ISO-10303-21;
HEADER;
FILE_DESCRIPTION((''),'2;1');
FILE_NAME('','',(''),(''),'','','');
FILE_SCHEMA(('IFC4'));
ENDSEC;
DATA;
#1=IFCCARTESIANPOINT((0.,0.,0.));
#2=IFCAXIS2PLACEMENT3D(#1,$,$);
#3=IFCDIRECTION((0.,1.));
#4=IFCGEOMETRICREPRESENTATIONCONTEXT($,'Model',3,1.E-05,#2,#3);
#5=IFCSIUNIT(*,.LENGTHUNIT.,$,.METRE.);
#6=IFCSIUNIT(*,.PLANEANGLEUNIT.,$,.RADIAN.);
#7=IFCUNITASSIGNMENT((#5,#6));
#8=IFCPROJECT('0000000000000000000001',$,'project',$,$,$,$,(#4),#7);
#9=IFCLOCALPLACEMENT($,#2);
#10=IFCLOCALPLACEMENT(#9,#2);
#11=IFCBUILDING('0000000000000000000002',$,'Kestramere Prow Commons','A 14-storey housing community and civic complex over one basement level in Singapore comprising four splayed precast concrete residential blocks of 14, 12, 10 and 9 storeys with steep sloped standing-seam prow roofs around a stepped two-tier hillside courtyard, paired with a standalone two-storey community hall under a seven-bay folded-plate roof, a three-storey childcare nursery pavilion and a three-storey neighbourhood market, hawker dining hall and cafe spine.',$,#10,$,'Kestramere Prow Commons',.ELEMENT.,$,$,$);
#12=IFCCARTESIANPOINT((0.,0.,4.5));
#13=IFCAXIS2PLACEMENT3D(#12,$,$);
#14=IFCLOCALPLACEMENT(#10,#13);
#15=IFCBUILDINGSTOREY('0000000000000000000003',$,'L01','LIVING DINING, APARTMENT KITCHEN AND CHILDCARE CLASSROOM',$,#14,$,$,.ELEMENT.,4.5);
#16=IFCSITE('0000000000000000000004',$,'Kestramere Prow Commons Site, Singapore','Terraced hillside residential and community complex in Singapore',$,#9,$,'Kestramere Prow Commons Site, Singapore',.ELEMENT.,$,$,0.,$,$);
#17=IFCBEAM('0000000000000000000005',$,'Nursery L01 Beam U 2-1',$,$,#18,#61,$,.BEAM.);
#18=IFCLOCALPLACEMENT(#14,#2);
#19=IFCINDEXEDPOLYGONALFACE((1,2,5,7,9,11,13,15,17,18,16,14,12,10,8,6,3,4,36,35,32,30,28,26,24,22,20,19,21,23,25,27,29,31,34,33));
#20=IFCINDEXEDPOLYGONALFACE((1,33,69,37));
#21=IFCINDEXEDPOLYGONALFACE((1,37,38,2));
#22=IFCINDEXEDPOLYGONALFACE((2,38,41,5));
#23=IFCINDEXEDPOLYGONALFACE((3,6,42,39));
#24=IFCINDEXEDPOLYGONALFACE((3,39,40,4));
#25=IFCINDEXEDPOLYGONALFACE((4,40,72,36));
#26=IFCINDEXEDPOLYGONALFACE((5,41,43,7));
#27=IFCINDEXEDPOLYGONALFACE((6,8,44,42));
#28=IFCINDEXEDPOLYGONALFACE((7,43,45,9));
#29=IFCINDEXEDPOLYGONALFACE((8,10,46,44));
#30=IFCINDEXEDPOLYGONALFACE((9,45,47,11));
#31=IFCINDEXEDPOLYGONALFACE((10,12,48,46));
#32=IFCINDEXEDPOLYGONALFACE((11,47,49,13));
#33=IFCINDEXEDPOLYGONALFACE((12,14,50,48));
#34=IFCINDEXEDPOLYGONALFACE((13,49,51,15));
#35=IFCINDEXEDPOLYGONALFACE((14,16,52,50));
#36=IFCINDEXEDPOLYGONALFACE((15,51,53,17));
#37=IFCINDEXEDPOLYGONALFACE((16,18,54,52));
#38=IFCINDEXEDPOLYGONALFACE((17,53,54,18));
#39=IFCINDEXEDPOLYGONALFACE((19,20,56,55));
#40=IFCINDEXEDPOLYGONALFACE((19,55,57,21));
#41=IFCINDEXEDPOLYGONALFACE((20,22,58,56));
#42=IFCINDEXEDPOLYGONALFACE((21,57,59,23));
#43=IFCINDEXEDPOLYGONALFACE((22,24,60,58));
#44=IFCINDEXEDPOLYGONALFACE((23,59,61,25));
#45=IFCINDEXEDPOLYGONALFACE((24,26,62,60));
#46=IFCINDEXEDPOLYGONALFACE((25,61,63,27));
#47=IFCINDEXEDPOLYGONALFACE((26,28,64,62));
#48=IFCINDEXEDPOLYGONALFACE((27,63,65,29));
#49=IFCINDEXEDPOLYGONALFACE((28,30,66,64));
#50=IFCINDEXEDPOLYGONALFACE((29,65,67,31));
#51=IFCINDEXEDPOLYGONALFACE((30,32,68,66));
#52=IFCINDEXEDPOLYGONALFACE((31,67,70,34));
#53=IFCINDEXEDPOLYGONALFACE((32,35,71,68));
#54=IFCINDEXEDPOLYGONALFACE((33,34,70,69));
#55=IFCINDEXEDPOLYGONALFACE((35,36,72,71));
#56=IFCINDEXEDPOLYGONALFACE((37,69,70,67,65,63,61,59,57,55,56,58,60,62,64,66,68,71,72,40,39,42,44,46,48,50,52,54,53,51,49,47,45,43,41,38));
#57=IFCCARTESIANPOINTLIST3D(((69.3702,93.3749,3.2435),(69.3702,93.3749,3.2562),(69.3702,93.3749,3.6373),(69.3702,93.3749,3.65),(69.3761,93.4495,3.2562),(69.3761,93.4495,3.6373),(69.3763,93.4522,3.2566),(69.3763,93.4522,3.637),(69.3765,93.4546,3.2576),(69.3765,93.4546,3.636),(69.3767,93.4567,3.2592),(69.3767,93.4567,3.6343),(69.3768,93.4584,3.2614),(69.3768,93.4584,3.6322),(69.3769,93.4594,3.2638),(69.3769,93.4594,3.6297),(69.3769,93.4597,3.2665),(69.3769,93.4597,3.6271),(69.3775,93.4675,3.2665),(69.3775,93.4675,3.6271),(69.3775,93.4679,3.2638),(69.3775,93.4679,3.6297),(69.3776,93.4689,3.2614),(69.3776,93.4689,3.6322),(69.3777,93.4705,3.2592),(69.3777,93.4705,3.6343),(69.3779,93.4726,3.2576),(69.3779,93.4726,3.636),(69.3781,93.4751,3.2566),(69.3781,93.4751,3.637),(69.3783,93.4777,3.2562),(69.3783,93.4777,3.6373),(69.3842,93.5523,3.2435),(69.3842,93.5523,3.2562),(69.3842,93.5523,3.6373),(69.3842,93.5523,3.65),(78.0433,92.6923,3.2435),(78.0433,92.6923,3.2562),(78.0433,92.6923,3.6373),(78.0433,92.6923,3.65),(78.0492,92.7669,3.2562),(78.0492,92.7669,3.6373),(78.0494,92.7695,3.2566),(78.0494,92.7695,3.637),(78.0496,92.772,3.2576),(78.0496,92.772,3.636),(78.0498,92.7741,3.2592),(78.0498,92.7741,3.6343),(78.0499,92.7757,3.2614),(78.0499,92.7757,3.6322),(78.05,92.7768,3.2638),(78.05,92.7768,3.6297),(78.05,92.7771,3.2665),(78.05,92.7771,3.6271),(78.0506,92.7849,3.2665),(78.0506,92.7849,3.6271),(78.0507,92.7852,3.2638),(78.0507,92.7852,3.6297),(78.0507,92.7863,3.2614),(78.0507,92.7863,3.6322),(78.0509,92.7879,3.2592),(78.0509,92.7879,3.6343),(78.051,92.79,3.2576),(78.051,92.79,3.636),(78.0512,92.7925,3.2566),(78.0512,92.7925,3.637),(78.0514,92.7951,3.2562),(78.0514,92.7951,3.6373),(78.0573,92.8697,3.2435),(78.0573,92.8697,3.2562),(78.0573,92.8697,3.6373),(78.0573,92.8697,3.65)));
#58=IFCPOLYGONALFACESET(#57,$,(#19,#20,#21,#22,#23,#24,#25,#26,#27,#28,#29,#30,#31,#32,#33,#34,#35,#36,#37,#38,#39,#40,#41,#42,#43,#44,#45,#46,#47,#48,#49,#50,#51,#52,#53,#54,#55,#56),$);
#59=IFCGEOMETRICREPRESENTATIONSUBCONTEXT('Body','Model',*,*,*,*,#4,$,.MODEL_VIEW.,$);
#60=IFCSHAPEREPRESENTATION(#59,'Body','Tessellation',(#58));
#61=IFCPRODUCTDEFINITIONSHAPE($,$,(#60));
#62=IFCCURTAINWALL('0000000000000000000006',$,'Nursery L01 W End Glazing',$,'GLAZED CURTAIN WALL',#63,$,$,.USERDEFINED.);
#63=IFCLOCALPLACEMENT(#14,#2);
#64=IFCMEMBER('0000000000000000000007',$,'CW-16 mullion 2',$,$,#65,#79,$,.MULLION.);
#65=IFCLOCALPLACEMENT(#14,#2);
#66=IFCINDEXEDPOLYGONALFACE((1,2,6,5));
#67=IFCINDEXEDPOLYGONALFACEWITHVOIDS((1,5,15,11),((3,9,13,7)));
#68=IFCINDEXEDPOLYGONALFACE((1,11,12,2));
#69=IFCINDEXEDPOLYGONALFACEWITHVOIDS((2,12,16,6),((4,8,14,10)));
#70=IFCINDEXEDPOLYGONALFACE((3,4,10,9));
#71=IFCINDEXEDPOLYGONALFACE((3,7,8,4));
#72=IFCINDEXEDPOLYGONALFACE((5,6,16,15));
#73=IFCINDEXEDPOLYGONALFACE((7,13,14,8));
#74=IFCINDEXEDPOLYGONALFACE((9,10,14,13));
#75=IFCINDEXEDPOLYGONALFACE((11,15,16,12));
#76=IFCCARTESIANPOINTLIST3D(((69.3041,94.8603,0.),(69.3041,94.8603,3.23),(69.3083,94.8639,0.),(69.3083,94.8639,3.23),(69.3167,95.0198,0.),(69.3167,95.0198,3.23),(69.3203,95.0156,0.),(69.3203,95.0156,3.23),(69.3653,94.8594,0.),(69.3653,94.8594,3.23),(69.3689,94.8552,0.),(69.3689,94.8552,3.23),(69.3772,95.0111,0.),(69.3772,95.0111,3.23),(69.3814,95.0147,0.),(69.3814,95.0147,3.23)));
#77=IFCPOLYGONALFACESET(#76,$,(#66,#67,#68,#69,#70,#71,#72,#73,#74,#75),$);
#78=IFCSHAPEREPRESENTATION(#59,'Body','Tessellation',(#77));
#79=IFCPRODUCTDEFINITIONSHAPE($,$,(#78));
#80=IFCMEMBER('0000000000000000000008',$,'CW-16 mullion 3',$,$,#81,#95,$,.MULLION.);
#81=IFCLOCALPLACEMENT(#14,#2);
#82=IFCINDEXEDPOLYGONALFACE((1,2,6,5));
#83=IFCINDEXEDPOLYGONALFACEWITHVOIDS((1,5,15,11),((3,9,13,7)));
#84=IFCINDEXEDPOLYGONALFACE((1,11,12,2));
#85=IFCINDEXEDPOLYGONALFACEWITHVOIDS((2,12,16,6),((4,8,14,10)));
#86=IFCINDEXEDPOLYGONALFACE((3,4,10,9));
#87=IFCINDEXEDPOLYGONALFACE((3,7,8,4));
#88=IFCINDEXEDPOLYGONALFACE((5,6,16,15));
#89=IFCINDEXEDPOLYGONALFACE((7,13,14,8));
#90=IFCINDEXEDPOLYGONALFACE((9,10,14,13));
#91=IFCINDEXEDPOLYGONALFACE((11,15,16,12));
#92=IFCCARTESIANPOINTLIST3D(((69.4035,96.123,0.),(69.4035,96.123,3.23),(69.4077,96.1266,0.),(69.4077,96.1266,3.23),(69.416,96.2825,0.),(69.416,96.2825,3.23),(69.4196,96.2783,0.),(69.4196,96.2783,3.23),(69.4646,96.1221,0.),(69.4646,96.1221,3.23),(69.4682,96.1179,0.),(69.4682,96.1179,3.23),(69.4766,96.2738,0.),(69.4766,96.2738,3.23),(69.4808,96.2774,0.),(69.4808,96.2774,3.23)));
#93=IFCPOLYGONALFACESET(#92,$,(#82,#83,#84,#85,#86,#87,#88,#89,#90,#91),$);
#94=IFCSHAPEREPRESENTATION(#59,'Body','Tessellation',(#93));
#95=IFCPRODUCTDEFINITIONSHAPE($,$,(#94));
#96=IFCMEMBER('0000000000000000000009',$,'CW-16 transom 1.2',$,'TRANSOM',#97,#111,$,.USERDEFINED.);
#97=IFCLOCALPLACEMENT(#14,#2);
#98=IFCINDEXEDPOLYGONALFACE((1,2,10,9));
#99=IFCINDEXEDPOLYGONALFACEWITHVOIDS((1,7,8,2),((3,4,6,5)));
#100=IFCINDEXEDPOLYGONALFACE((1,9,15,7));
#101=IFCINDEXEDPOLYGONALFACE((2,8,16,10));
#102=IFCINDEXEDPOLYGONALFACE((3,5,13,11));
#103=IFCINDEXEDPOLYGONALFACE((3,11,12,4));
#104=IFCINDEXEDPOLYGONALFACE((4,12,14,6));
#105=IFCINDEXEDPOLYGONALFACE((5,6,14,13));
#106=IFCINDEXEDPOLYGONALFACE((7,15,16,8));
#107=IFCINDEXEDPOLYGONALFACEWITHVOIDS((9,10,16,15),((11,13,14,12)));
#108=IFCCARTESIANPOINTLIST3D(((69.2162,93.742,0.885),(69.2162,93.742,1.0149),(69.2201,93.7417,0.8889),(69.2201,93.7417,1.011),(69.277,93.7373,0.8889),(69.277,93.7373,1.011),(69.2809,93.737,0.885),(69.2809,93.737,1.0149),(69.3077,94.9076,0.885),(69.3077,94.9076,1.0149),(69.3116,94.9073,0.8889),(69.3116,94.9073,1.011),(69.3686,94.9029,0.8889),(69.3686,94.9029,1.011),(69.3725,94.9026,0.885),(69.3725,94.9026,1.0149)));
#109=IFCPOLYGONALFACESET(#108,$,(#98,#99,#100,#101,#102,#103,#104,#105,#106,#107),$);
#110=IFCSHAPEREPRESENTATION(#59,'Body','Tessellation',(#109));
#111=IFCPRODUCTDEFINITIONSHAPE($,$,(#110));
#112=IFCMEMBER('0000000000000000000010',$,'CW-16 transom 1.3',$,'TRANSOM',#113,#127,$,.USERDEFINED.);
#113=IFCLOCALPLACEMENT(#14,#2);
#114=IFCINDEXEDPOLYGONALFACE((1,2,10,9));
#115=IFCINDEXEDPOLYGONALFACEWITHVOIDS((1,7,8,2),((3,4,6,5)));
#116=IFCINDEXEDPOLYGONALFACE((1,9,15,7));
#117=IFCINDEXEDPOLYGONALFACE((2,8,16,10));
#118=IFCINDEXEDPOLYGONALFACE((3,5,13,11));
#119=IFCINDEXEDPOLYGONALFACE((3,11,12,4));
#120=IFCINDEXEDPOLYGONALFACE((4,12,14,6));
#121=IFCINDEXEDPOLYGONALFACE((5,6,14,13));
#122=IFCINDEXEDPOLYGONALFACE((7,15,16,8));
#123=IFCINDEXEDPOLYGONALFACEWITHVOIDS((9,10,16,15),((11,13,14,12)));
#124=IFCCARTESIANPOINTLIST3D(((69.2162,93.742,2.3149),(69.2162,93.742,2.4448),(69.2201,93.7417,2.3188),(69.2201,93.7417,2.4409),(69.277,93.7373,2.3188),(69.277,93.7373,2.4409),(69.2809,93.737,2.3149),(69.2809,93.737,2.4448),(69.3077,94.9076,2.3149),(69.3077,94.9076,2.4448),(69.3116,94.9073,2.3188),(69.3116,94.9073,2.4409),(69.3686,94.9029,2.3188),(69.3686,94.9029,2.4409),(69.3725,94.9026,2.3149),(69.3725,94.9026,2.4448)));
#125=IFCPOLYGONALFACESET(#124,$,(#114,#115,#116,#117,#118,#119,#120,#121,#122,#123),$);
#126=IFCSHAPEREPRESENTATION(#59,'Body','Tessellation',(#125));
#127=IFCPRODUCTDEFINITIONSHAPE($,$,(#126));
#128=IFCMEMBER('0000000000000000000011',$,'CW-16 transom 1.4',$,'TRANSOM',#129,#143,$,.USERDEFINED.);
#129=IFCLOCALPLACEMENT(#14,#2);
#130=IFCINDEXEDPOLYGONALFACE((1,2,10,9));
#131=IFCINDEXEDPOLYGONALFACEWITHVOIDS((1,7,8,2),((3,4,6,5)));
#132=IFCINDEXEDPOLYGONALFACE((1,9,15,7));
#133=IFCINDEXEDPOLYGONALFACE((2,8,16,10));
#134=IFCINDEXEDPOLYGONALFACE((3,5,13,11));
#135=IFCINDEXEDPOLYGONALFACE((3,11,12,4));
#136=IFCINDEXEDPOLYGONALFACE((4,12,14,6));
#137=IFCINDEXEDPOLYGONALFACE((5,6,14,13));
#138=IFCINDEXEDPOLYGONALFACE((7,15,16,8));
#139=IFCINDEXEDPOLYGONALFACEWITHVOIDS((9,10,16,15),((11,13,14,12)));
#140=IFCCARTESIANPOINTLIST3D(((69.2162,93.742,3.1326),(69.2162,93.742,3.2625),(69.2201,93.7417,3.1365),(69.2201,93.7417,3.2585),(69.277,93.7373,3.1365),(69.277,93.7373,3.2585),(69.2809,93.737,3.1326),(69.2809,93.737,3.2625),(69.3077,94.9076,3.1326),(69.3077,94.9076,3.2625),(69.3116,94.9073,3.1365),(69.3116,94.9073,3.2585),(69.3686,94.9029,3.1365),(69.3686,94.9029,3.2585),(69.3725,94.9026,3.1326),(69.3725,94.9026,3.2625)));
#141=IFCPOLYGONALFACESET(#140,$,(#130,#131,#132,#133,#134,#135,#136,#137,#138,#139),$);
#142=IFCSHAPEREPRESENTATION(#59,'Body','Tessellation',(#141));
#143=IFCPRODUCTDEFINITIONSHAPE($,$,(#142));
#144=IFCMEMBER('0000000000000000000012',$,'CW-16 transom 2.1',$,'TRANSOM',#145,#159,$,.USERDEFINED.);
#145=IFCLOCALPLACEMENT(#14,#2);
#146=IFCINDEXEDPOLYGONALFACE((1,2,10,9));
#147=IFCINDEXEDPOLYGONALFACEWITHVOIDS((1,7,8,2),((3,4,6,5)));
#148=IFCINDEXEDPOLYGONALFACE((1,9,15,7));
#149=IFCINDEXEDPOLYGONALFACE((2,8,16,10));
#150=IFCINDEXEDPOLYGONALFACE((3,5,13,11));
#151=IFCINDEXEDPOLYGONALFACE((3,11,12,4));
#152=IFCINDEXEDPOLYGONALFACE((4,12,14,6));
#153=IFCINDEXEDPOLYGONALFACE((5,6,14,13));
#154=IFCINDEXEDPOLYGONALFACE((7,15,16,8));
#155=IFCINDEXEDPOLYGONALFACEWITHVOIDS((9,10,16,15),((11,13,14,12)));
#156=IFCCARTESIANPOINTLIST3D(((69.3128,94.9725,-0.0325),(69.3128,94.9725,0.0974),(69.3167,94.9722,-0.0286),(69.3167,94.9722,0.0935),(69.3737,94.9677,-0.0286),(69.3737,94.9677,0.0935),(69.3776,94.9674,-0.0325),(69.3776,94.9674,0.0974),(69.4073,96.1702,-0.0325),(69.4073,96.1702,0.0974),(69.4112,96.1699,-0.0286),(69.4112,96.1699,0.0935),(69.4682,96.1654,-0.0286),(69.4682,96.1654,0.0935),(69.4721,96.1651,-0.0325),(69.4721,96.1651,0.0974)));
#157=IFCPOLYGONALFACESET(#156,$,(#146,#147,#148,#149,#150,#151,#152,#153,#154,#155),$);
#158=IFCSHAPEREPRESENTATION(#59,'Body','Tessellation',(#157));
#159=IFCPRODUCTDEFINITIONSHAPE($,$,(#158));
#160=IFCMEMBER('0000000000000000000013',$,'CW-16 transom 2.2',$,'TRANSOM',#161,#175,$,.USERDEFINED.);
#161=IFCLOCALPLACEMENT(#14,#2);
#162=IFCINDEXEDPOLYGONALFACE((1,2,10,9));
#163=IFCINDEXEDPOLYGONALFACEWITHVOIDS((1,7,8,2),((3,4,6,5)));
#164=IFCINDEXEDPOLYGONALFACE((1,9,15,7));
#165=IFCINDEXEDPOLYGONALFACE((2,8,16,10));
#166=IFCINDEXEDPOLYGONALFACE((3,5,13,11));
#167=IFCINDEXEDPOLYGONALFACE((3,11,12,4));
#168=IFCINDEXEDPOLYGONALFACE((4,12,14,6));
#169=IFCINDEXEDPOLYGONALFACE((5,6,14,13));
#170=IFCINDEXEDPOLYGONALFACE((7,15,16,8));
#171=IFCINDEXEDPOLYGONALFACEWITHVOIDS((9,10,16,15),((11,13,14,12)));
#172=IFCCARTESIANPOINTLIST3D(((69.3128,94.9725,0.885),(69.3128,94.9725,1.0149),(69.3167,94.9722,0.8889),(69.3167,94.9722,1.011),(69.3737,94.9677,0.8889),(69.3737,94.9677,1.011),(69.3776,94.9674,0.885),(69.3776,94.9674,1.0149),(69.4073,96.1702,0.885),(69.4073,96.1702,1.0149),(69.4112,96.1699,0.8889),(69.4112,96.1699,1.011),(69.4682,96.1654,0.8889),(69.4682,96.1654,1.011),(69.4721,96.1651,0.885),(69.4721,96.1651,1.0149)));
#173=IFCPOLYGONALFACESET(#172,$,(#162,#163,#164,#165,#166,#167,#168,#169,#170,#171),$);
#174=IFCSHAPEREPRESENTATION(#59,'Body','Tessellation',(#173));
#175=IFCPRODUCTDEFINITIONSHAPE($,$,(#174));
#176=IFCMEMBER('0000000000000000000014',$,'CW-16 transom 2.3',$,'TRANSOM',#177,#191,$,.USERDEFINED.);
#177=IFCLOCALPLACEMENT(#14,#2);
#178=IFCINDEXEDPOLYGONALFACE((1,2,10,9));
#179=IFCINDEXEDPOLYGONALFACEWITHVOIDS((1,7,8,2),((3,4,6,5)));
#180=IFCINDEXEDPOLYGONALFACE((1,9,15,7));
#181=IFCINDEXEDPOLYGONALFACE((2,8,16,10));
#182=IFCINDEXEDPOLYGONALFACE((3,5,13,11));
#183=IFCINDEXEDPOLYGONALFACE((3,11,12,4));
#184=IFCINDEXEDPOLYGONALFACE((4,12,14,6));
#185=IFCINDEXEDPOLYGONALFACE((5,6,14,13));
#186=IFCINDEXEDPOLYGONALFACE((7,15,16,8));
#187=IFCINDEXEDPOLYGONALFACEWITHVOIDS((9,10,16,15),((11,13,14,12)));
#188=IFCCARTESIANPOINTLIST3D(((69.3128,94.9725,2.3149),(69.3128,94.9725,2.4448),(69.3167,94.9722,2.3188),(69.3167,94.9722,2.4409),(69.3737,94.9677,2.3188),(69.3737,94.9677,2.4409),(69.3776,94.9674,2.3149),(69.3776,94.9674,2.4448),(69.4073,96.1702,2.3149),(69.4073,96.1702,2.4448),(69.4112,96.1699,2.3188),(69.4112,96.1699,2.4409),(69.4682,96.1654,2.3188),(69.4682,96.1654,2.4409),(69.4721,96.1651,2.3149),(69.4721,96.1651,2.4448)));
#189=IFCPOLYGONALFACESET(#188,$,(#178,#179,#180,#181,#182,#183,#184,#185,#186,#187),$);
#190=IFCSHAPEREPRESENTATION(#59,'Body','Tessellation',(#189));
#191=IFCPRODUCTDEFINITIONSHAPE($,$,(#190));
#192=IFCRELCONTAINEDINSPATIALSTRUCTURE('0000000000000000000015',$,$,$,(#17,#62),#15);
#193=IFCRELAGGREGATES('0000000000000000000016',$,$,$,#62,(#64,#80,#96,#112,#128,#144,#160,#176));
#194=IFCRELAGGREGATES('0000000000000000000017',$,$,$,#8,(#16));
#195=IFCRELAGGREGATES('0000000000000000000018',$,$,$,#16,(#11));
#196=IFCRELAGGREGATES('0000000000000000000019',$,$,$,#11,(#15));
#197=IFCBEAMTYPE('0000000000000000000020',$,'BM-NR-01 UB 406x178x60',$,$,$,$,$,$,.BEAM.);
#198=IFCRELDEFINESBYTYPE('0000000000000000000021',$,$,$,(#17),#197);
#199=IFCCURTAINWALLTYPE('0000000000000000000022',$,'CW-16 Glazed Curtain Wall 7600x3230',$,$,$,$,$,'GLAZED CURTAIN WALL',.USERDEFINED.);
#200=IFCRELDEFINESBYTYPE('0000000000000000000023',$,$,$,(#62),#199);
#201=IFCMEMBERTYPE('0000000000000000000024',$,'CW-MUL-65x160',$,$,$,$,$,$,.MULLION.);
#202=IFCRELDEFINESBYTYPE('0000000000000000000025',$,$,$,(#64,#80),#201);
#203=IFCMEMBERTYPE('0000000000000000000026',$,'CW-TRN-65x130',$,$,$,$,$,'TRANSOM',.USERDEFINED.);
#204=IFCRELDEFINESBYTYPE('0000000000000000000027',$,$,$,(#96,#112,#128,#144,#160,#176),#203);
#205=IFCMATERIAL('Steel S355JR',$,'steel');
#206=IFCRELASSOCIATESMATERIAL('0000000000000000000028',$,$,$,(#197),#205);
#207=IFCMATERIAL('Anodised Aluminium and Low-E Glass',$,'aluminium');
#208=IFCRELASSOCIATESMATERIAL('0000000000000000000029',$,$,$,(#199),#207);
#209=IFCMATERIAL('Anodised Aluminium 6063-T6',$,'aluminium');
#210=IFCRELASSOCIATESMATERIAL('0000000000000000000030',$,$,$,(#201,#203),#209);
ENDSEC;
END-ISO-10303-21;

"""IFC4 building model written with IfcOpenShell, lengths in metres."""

from ifc_helpers import new_model, si_unit, direction, frame, origin, origin_2d, place, context, subcontext, project, spatial, hollow_rectangle, i_section, extrude, material, material_profile, profile_set, type_object, element, aggregate, save


model = new_model("IFC4")

# Units and contexts
model_context = context("Model", 3, precision=1e-05, world=origin(), true_north=direction((0.0, 1.0)))
body_context = subcontext(model_context, "Body", "Model", "MODEL_VIEW")
ifc_project = project(units=[si_unit("LENGTHUNIT", "METRE"), si_unit("PLANEANGLEUNIT", "RADIAN")], contexts=[model_context])

# Site, building, storey
site_placement = place(None, origin())
site = spatial("IfcSite", under=ifc_project, at=site_placement, Name="Kestramere Prow Commons Site, Singapore", Description="Terraced hillside residential and community complex in Singapore", LongName="Kestramere Prow Commons Site, Singapore", CompositionType="ELEMENT", RefElevation=0.0)
building_placement = place(site_placement, origin())
building = spatial("IfcBuilding", under=site, at=building_placement, Name="Kestramere Prow Commons", Description="A 14-storey housing community and civic complex over one basement level in Singapore comprising four splayed precast concrete residential blocks of 14, 12, 10 and 9 storeys with steep sloped standing-seam prow roofs around a stepped two-tier hillside courtyard, paired with a standalone two-storey community hall under a seven-bay folded-plate roof, a three-storey childcare nursery pavilion and a three-storey neighbourhood market, hawker dining hall and cafe spine.", LongName="Kestramere Prow Commons", CompositionType="ELEMENT")
storey_placement = place(building_placement, frame((0.0, 0.0, 4.5)))
storey = spatial("IfcBuildingStorey", under=building, at=storey_placement, Name="L01", Description="LIVING DINING, APARTMENT KITCHEN AND CHILDCARE CLASSROOM", CompositionType="ELEMENT", Elevation=4.5)

# Beam
ifc_material_1 = material(Name="Steel S355JR", Category="steel")
ifc_material_profile_1 = material_profile(ifc_material_1, i_section(OverallWidth=0.178, OverallDepth=0.4065, WebThickness=0.0078, FlangeThickness=0.0127, FilletRadius=0.0103, at=origin_2d()), Name="UB 406x178x60")
ifc_profile_set_1 = profile_set([ifc_material_profile_1], Name="Steel S355JR")
beam_type = type_object("IfcBeamType", Name="BM-NR-01 UB 406x178x60", PredefinedType="BEAM", material=ifc_profile_set_1)
beam_placement = place(storey_placement, frame((69.3772, 93.4636, 3.4468), z_axis=(0.996917, -0.078462, 0.0), x_axis=(0.078462, 0.996917, 0.0)))
element("IfcBeam", 1, at=beam_placement, inside=storey, type_object=beam_type, Name="Nursery L01 Beam U 2-1", PredefinedType="BEAM", context=body_context, shape_type="SweptSolid", body=[
    extrude(i_section(OverallWidth=0.178, OverallDepth=0.4065, WebThickness=0.0078, FlangeThickness=0.0127, FilletRadius=0.0103, at=origin_2d()), origin(), (0.0, 0.0, 1.0), 8.7),
])

# Curtain wall, members
ifc_material_2 = material(Name="Anodised Aluminium and Low-E Glass", Category="aluminium")
curtain_wall_type = type_object("IfcCurtainWallType", Name="CW-16 Glazed Curtain Wall 7600x3230", ElementType="GLAZED CURTAIN WALL", PredefinedType="USERDEFINED", material=ifc_material_2)
curtain_wall_placement = place(storey_placement, origin())
curtain_wall = element("IfcCurtainWall", 2, at=curtain_wall_placement, inside=storey, type_object=curtain_wall_type, Name="Nursery L01 W End Glazing", ObjectType="GLAZED CURTAIN WALL", PredefinedType="USERDEFINED")
ifc_material_3 = material(Name="Anodised Aluminium 6063-T6", Category="aluminium")
ifc_material_profile_2 = material_profile(ifc_material_3, hollow_rectangle(XDim=0.0649, YDim=0.1599, WallThickness=0.0039, at=origin_2d()), Name="ALU-MUL 65x160")
ifc_profile_set_2 = profile_set([ifc_material_profile_2], Name="Anodised Aluminium 6063-T6")
member_type_1 = type_object("IfcMemberType", Name="CW-MUL-65x160", PredefinedType="MULLION", material=ifc_profile_set_2)
member_1_placement = place(storey_placement, frame((69.3428, 94.9375, 0.0), z_axis=(0.0, 0.0, 1.0), x_axis=(-0.996917, 0.078459, 0.0)))
member_1 = element("IfcMember", 3, at=member_1_placement, type_object=member_type_1, Name="CW-16 mullion 2", PredefinedType="MULLION", context=body_context, shape_type="SweptSolid", body=[
    extrude(hollow_rectangle(XDim=0.0649, YDim=0.1599, WallThickness=0.0039, at=origin_2d()), origin(), (0.0, 0.0, 1.0), 3.23),
])
member_2_placement = place(storey_placement, frame((69.4421, 96.2002, 0.0), z_axis=(0.0, 0.0, 1.0), x_axis=(-0.996917, 0.078459, 0.0)))
member_2 = element("IfcMember", 4, at=member_2_placement, type_object=member_type_1, Name="CW-16 mullion 3", PredefinedType="MULLION", context=body_context, shape_type="SweptSolid", body=[
    extrude(hollow_rectangle(XDim=0.0649, YDim=0.1599, WallThickness=0.0039, at=origin_2d()), origin(), (0.0, 0.0, 1.0), 3.23),
])
ifc_material_profile_3 = material_profile(ifc_material_3, hollow_rectangle(XDim=0.0649, YDim=0.1299, WallThickness=0.0039, at=origin_2d()), Name="ALU-TRN 65x130")
ifc_profile_set_3 = profile_set([ifc_material_profile_3], Name="Anodised Aluminium 6063-T6")
member_type_2 = type_object("IfcMemberType", Name="CW-TRN-65x130", ElementType="TRANSOM", PredefinedType="USERDEFINED", material=ifc_profile_set_3)
member_3_placement = place(storey_placement, frame((69.2485, 93.7395, 0.95), z_axis=(0.078309, 0.996929, 0.0), x_axis=(-0.996929, 0.078309, 0.0)))
member_3 = element("IfcMember", 5, at=member_3_placement, type_object=member_type_2, Name="CW-16 transom 1.2", ObjectType="TRANSOM", PredefinedType="USERDEFINED", context=body_context, shape_type="SweptSolid", body=[
    extrude(hollow_rectangle(XDim=0.0649, YDim=0.1299, WallThickness=0.0039, at=origin_2d()), origin(), (0.0, 0.0, 1.0), 1.1692),
])
member_4_placement = place(storey_placement, frame((69.2485, 93.7395, 2.3799), z_axis=(0.078309, 0.996929, 0.0), x_axis=(-0.996929, 0.078309, 0.0)))
member_4 = element("IfcMember", 6, at=member_4_placement, type_object=member_type_2, Name="CW-16 transom 1.3", ObjectType="TRANSOM", PredefinedType="USERDEFINED", context=body_context, shape_type="SweptSolid", body=[
    extrude(hollow_rectangle(XDim=0.0649, YDim=0.1299, WallThickness=0.0039, at=origin_2d()), origin(), (0.0, 0.0, 1.0), 1.1692),
])
member_5_placement = place(storey_placement, frame((69.2485, 93.7395, 3.1975), z_axis=(0.078309, 0.996929, 0.0), x_axis=(-0.996929, 0.078309, 0.0)))
member_5 = element("IfcMember", 7, at=member_5_placement, type_object=member_type_2, Name="CW-16 transom 1.4", ObjectType="TRANSOM", PredefinedType="USERDEFINED", context=body_context, shape_type="SweptSolid", body=[
    extrude(hollow_rectangle(XDim=0.0649, YDim=0.1299, WallThickness=0.0039, at=origin_2d()), origin(), (0.0, 0.0, 1.0), 1.1692),
])
member_6_placement = place(storey_placement, frame((69.3452, 94.97, 0.0325), z_axis=(0.078639, 0.996903, 0.0), x_axis=(-0.996903, 0.078639, 0.0)))
member_6 = element("IfcMember", 8, at=member_6_placement, type_object=member_type_2, Name="CW-16 transom 2.1", ObjectType="TRANSOM", PredefinedType="USERDEFINED", context=body_context, shape_type="SweptSolid", body=[
    extrude(hollow_rectangle(XDim=0.0649, YDim=0.1299, WallThickness=0.0039, at=origin_2d()), origin(), (0.0, 0.0, 1.0), 1.2014),
])
member_7_placement = place(storey_placement, frame((69.3452, 94.97, 0.95), z_axis=(0.078639, 0.996903, 0.0), x_axis=(-0.996903, 0.078639, 0.0)))
member_7 = element("IfcMember", 9, at=member_7_placement, type_object=member_type_2, Name="CW-16 transom 2.2", ObjectType="TRANSOM", PredefinedType="USERDEFINED", context=body_context, shape_type="SweptSolid", body=[
    extrude(hollow_rectangle(XDim=0.0649, YDim=0.1299, WallThickness=0.0039, at=origin_2d()), origin(), (0.0, 0.0, 1.0), 1.2014),
])
member_8_placement = place(storey_placement, frame((69.3452, 94.97, 2.3799), z_axis=(0.078639, 0.996903, 0.0), x_axis=(-0.996903, 0.078639, 0.0)))
member_8 = element("IfcMember", 10, at=member_8_placement, type_object=member_type_2, Name="CW-16 transom 2.3", ObjectType="TRANSOM", PredefinedType="USERDEFINED", context=body_context, shape_type="SweptSolid", body=[
    extrude(hollow_rectangle(XDim=0.0649, YDim=0.1299, WallThickness=0.0039, at=origin_2d()), origin(), (0.0, 0.0, 1.0), 1.2014),
])
aggregate(curtain_wall, [member_1, member_2, member_3, member_4, member_5, member_6, member_7, member_8])

save(model, "model.ifc")
